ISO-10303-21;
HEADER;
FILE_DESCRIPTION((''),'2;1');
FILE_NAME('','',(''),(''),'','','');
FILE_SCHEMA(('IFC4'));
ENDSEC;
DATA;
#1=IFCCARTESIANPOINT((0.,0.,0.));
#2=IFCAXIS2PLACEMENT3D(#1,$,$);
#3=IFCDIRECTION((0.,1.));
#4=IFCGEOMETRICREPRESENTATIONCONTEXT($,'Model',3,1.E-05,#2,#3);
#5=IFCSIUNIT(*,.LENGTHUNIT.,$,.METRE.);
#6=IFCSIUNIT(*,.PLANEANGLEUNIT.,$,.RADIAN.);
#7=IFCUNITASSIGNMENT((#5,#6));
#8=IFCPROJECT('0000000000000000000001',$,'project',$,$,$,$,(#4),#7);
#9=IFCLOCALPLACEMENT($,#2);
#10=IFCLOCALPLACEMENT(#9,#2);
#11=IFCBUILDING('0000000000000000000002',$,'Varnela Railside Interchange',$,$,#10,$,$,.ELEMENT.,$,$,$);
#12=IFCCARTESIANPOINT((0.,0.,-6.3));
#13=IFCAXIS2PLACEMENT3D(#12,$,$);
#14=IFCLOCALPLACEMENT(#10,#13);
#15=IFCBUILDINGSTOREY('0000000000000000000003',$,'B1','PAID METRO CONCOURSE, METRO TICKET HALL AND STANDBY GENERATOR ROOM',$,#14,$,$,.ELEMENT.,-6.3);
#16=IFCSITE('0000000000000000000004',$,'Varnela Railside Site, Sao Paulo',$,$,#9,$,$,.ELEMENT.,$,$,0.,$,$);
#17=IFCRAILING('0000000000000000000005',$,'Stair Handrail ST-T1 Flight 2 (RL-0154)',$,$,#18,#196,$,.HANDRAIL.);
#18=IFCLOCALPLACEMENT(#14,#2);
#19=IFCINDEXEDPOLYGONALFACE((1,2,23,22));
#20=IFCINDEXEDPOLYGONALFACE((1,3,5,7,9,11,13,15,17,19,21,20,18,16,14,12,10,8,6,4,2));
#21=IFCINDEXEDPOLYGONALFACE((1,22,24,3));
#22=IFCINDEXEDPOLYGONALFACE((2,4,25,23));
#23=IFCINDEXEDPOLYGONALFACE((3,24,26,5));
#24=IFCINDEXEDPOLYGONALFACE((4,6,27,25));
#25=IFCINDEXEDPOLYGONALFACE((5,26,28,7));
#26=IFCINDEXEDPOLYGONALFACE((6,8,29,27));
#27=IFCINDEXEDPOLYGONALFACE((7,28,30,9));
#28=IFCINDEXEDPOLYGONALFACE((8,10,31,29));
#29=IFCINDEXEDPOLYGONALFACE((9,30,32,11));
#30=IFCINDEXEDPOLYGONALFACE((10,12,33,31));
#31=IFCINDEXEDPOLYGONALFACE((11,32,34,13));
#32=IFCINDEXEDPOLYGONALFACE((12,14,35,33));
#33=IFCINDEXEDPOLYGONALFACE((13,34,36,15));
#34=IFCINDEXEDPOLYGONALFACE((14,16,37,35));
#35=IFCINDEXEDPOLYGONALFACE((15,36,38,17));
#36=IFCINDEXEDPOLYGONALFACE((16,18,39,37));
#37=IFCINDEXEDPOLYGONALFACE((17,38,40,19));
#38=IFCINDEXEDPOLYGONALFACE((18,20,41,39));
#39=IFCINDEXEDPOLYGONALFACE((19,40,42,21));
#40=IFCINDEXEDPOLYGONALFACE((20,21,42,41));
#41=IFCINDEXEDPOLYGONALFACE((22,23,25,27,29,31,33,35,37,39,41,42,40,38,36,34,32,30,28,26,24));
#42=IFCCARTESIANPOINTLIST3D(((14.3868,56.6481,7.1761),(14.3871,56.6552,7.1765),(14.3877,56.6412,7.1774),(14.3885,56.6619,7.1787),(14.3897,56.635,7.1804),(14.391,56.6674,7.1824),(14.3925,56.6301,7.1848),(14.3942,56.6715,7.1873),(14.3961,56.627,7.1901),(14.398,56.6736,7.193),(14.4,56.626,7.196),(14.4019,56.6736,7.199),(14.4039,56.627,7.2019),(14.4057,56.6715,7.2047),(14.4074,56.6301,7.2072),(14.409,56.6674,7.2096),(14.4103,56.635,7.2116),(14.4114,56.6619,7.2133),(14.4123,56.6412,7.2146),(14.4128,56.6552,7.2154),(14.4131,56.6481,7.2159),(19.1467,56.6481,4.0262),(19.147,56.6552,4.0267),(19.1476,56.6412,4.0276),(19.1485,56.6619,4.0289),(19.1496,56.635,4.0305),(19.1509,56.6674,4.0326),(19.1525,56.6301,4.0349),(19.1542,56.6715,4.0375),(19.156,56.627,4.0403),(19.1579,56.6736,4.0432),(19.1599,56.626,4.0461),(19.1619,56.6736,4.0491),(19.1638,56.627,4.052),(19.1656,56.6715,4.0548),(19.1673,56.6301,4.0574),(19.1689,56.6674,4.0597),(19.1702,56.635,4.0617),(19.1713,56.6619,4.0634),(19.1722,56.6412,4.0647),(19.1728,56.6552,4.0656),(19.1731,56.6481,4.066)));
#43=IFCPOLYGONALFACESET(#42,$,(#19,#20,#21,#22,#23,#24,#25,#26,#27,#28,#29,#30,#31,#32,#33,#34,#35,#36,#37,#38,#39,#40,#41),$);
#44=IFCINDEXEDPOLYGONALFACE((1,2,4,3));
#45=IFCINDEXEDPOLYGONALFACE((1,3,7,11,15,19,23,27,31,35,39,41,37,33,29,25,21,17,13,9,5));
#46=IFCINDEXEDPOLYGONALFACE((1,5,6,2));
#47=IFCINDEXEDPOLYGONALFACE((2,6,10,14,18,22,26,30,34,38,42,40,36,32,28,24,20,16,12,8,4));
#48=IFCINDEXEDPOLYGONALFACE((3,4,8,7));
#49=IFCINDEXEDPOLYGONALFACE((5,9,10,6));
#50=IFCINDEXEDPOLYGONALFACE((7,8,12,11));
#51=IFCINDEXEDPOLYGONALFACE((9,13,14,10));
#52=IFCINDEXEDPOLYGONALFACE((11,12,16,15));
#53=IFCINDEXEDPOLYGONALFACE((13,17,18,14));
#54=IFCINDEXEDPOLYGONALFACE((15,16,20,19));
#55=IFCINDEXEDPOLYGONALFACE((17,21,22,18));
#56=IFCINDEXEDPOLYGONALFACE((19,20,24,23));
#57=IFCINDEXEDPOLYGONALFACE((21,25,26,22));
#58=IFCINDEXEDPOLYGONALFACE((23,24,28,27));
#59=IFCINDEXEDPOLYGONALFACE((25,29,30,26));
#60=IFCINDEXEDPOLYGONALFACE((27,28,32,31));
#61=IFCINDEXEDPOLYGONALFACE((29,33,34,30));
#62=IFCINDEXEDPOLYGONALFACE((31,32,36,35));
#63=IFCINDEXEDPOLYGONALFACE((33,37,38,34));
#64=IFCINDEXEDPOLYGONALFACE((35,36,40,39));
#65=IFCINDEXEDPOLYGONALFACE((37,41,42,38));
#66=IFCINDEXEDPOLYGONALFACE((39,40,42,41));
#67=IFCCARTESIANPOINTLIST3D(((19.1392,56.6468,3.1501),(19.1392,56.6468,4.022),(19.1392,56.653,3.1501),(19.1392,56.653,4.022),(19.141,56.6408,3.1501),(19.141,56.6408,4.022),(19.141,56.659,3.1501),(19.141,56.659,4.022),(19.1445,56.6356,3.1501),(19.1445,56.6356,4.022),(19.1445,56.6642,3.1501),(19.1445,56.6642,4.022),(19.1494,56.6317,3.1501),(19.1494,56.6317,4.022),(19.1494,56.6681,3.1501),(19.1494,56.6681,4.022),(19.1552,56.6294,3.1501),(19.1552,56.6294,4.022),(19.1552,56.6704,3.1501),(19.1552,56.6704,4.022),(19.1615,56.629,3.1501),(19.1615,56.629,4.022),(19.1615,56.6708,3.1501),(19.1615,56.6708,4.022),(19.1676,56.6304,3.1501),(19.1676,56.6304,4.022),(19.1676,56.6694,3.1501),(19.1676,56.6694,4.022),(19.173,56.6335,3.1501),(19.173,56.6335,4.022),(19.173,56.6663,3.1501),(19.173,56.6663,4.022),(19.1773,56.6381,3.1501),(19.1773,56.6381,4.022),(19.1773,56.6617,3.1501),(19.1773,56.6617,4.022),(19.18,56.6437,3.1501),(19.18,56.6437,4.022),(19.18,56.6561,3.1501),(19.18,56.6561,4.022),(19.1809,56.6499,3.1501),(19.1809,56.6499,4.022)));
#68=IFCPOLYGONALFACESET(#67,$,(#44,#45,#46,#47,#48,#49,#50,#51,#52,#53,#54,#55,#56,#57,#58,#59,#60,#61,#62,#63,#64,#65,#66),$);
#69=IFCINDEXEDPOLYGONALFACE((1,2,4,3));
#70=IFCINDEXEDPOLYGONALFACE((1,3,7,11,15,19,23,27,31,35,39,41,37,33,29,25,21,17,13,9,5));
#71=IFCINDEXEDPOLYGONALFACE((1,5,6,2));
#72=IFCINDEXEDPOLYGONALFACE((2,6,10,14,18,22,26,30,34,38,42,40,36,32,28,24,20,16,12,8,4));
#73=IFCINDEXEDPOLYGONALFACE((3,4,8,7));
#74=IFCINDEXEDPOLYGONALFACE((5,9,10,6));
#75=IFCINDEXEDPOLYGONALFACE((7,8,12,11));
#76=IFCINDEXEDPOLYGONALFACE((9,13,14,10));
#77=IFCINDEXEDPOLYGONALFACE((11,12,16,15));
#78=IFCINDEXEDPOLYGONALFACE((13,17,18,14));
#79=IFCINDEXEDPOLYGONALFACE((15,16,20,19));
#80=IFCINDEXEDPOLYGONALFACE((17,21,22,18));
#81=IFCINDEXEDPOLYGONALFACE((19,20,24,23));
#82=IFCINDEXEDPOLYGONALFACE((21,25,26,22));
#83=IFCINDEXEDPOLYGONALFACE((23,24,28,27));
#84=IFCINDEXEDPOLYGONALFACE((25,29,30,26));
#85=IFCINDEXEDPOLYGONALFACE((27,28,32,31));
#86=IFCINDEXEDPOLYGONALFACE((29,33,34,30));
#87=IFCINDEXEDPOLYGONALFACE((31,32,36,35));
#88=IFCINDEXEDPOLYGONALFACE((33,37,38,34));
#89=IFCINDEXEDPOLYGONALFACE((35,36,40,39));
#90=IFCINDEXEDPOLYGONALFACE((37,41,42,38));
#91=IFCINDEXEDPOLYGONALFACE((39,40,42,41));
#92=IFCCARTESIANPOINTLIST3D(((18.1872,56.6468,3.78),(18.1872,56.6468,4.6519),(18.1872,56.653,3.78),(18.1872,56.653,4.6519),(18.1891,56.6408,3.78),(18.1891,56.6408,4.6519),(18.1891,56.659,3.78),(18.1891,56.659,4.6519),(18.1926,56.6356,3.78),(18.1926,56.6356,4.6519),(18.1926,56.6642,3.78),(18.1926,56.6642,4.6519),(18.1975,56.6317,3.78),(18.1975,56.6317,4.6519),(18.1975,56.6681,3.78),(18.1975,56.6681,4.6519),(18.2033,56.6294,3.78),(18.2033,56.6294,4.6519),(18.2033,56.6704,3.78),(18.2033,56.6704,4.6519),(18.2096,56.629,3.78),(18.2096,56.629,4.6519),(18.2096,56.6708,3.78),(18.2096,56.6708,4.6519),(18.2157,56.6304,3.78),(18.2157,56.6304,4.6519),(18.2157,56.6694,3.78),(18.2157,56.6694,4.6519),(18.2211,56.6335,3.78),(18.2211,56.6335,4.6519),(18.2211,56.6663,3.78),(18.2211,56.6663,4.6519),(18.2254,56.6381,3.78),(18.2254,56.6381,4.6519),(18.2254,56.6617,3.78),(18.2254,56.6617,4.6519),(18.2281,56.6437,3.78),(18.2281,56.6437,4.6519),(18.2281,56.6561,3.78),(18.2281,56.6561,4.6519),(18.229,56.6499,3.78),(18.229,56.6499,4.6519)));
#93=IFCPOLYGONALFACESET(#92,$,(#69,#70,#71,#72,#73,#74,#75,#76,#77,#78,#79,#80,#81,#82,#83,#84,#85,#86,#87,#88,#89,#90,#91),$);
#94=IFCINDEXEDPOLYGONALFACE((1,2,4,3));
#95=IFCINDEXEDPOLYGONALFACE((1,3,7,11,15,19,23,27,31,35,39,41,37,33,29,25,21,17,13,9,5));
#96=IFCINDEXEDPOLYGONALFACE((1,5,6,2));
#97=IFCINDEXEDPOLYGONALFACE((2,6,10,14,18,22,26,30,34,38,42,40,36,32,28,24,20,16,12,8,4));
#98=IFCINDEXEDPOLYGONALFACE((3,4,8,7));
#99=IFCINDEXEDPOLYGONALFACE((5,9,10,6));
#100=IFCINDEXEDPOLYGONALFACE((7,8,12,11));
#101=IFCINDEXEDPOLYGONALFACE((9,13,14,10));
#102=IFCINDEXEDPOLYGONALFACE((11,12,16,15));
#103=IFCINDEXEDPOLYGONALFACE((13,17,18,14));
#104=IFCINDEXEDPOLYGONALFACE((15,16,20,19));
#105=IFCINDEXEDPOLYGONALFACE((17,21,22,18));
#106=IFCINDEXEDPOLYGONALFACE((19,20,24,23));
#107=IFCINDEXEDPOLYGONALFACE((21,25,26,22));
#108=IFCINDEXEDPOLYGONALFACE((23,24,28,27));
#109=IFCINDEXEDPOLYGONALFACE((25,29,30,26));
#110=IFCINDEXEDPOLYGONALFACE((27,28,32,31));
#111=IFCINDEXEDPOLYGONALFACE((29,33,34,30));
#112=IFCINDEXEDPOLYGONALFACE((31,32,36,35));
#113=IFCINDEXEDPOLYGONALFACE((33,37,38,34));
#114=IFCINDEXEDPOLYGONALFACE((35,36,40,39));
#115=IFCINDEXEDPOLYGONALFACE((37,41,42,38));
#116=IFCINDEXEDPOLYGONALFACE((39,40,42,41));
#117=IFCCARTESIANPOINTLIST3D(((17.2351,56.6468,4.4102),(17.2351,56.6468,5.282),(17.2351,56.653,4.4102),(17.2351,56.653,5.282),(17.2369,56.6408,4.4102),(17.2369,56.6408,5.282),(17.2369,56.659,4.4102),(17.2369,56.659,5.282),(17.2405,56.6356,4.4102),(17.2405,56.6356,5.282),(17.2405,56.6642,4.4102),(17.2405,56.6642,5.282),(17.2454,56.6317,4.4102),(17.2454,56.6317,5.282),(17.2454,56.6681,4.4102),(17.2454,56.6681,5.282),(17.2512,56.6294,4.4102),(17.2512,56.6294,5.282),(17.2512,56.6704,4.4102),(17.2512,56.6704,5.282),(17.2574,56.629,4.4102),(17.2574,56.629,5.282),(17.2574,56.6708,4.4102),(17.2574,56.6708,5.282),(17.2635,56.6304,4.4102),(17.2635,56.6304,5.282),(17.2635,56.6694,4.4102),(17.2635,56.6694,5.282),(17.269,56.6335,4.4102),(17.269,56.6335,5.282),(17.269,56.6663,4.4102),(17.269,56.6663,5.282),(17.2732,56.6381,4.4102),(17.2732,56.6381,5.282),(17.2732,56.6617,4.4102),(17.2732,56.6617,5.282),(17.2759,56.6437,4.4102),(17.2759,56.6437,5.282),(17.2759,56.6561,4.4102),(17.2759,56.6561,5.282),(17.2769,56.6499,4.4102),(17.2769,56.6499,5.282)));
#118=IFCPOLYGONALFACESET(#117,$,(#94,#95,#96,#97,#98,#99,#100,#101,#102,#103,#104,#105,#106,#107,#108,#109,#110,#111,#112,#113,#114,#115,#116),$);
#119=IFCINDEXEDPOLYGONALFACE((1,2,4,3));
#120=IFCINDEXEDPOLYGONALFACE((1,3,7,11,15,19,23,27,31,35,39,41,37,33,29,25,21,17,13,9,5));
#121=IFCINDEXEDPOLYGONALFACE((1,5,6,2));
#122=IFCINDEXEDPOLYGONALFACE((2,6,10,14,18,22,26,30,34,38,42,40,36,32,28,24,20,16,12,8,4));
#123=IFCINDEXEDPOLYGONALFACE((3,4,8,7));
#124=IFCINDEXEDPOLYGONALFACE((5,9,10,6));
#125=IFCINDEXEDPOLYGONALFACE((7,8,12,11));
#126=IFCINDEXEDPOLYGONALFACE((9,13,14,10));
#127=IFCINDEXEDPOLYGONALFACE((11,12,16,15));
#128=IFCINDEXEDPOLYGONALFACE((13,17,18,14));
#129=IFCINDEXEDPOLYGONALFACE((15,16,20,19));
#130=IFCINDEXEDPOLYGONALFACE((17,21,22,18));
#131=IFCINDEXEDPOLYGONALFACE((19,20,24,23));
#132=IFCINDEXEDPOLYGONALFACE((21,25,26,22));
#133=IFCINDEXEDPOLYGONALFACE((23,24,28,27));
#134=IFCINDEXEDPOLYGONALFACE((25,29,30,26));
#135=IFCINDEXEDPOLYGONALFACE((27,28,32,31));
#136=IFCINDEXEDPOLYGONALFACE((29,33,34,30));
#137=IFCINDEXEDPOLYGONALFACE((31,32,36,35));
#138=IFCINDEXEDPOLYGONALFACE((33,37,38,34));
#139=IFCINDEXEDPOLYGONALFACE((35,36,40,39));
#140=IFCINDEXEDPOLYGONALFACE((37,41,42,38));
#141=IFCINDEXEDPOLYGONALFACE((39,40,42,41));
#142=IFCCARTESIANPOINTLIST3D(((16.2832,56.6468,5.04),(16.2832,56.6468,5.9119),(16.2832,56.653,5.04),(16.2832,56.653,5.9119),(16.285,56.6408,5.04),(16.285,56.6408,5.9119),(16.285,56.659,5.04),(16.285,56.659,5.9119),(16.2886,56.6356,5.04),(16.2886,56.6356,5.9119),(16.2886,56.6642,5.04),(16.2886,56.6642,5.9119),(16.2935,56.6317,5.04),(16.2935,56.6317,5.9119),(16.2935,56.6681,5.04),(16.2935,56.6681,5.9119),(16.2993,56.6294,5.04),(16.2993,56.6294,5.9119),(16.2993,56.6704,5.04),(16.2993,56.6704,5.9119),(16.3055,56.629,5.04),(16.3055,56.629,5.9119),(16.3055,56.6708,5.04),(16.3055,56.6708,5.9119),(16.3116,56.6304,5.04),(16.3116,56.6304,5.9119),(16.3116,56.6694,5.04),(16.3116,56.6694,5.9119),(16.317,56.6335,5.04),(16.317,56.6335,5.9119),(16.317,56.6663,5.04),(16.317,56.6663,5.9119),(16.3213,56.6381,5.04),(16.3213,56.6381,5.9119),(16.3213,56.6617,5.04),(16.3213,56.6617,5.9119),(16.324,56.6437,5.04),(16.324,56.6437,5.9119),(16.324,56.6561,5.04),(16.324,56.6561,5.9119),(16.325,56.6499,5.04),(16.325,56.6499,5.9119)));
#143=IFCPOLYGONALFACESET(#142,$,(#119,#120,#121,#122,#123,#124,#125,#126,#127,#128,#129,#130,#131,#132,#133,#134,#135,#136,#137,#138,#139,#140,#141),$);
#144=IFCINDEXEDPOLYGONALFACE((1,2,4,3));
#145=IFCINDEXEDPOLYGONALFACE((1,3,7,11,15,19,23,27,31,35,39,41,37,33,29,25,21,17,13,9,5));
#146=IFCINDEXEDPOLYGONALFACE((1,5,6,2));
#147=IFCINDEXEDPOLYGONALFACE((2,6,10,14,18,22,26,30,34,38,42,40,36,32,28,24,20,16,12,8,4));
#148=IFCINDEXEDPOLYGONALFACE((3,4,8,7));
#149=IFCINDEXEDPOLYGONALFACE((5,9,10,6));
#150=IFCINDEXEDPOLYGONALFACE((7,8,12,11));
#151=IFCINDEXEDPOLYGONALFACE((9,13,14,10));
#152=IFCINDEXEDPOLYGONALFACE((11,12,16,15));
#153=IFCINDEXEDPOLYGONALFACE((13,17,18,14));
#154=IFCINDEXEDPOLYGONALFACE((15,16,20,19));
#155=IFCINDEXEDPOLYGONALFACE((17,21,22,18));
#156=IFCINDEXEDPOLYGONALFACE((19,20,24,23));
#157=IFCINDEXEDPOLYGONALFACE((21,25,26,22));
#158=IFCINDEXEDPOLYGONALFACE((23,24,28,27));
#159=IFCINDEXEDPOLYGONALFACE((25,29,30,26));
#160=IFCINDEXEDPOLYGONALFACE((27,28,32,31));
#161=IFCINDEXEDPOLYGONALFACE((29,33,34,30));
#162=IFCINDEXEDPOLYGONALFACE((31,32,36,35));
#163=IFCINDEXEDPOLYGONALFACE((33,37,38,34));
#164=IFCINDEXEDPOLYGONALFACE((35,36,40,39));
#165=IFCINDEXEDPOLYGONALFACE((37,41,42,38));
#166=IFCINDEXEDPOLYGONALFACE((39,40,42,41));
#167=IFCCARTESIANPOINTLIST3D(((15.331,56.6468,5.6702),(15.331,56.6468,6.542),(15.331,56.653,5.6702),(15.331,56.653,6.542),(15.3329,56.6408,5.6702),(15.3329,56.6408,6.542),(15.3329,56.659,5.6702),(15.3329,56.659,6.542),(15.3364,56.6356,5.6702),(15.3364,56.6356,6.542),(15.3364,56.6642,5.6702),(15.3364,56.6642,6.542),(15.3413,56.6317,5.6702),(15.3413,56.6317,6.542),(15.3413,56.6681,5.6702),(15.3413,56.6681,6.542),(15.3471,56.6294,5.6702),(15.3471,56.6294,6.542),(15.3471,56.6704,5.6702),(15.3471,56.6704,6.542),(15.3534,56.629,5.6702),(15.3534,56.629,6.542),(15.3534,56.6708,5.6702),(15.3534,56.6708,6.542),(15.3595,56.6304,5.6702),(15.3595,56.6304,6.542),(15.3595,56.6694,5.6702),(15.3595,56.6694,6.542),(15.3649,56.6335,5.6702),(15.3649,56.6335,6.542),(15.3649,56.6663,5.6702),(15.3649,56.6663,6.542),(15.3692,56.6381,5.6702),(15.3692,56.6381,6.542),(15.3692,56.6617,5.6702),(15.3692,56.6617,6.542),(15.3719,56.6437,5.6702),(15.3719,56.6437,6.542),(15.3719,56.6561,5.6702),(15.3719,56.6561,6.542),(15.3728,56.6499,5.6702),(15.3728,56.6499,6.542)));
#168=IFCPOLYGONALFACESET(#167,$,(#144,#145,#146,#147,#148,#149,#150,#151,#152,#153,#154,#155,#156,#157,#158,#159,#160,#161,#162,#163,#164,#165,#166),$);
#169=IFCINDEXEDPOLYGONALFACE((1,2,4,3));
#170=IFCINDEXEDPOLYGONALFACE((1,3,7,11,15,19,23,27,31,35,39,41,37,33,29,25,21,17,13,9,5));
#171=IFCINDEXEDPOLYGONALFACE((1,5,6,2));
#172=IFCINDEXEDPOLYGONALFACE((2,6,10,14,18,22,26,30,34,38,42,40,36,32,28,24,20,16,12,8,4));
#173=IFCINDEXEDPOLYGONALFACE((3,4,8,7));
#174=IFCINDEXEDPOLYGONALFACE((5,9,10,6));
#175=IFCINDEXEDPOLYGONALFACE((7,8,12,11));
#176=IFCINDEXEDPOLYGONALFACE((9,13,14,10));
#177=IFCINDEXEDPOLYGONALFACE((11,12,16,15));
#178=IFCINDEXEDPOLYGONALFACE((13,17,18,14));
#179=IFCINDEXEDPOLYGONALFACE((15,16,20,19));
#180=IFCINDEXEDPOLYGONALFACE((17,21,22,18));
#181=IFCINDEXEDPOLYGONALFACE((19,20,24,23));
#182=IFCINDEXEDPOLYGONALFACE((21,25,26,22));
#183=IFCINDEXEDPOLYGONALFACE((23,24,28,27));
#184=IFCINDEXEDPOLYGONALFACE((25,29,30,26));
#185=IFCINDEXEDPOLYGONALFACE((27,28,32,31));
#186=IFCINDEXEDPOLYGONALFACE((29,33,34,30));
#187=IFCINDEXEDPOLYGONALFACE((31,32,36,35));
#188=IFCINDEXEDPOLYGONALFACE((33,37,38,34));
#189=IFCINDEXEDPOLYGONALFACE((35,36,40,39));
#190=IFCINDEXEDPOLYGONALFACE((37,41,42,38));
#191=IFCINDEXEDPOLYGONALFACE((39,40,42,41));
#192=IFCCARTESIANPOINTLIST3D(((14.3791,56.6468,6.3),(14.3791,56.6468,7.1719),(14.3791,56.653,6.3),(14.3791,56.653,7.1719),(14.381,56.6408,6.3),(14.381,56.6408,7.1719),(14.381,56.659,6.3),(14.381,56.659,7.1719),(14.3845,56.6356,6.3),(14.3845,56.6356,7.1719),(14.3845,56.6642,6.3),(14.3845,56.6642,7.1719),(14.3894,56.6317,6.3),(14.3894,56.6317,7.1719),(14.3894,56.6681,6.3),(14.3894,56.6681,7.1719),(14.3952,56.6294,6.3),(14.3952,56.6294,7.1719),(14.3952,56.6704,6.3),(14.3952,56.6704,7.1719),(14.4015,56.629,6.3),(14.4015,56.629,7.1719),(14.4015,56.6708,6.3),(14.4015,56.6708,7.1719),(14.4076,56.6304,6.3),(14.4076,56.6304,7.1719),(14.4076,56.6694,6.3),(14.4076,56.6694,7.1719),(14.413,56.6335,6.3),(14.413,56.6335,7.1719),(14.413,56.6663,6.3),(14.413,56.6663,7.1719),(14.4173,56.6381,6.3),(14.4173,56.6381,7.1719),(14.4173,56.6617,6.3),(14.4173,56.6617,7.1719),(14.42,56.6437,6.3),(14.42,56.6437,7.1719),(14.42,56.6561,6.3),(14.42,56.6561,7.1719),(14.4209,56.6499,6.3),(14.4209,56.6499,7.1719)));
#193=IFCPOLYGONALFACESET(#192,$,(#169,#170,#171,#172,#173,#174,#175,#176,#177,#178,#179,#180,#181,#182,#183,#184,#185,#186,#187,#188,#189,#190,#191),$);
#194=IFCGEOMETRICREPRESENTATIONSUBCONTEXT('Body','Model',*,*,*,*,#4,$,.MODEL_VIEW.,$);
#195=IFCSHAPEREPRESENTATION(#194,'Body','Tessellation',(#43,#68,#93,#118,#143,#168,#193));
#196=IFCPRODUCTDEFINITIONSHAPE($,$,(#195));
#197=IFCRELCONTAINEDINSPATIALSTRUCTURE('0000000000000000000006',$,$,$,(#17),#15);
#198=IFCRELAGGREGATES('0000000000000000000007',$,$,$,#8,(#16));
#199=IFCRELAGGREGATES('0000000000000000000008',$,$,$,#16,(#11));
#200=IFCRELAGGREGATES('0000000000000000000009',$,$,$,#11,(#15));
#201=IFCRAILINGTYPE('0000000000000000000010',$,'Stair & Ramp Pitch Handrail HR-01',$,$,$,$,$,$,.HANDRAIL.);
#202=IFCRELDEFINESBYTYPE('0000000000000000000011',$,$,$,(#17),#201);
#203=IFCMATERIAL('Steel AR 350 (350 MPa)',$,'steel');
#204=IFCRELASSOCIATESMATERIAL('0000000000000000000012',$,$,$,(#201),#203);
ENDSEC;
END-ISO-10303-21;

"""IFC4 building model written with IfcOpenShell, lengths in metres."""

from ifc_helpers import new_model, si_unit, direction, frame, origin, origin_2d, place, context, subcontext, project, spatial, circle, extrude, material, type_object, element, save


model = new_model("IFC4")

# Units and contexts
model_context = context("Model", 3, precision=1e-05, world=origin(), true_north=direction((0.0, 1.0)))
body_context = subcontext(model_context, "Body", "Model", "MODEL_VIEW")
ifc_project = project(units=[si_unit("LENGTHUNIT", "METRE"), si_unit("PLANEANGLEUNIT", "RADIAN")], contexts=[model_context])

# Site, building, storey
site_placement = place(None, origin())
site = spatial("IfcSite", under=ifc_project, at=site_placement, Name="Varnela Railside Site, Sao Paulo", CompositionType="ELEMENT", RefElevation=0.0)
building_placement = place(site_placement, origin())
building = spatial("IfcBuilding", under=site, at=building_placement, Name="Varnela Railside Interchange", CompositionType="ELEMENT")
storey_placement = place(building_placement, frame((0.0, 0.0, -6.3)))
storey = spatial("IfcBuildingStorey", under=building, at=storey_placement, Name="B1", Description="PAID METRO CONCOURSE, METRO TICKET HALL AND STANDBY GENERATOR ROOM", CompositionType="ELEMENT", Elevation=-6.3)

# Shared definitions
ifc_material_1 = material(Name="Steel AR 350 (350 MPa)", Category="steel")

# Railing
railing_type_1 = type_object("IfcRailingType", Name="Stair & Ramp Pitch Handrail HR-01", PredefinedType="HANDRAIL", material=ifc_material_1)
railing_1_placement = place(storey_placement, frame((19.1599, 56.6499, 3.1501)))
element("IfcRailing", 1, at=railing_1_placement, inside=storey, type_object=railing_type_1, Name="Stair Handrail ST-T1 Flight 2 (RL-0154)", PredefinedType="HANDRAIL", context=body_context, shape_type="SweptSolid", body=[
    extrude(circle(Radius=0.0239, at=origin_2d()), frame((0.0, 0.0, 0.896), z_axis=(-0.833941, 0.0, 0.551854), x_axis=(0.0, -1.0, 0.0)), (0.0, 0.0, 1.0), 5.7078),
    extrude(circle(Radius=0.021, at=origin_2d()), origin(), (0.0, 0.0, 1.0), 0.8718),
    extrude(circle(Radius=0.021, at=origin_2d()), frame((-0.9519, 0.0, 0.6299)), (0.0, 0.0, 1.0), 0.8718),
    extrude(circle(Radius=0.021, at=origin_2d()), frame((-1.9041, 0.0, 1.26)), (0.0, 0.0, 1.0), 0.8718),
    extrude(circle(Radius=0.021, at=origin_2d()), frame((-2.856, 0.0, 1.8899)), (0.0, 0.0, 1.0), 0.8718),
    extrude(circle(Radius=0.021, at=origin_2d()), frame((-3.8081, 0.0, 2.52)), (0.0, 0.0, 1.0), 0.8718),
    extrude(circle(Radius=0.021, at=origin_2d()), frame((-4.76, 0.0, 3.1499)), (0.0, 0.0, 1.0), 0.8718),
])

save(model, "model.ifc")
